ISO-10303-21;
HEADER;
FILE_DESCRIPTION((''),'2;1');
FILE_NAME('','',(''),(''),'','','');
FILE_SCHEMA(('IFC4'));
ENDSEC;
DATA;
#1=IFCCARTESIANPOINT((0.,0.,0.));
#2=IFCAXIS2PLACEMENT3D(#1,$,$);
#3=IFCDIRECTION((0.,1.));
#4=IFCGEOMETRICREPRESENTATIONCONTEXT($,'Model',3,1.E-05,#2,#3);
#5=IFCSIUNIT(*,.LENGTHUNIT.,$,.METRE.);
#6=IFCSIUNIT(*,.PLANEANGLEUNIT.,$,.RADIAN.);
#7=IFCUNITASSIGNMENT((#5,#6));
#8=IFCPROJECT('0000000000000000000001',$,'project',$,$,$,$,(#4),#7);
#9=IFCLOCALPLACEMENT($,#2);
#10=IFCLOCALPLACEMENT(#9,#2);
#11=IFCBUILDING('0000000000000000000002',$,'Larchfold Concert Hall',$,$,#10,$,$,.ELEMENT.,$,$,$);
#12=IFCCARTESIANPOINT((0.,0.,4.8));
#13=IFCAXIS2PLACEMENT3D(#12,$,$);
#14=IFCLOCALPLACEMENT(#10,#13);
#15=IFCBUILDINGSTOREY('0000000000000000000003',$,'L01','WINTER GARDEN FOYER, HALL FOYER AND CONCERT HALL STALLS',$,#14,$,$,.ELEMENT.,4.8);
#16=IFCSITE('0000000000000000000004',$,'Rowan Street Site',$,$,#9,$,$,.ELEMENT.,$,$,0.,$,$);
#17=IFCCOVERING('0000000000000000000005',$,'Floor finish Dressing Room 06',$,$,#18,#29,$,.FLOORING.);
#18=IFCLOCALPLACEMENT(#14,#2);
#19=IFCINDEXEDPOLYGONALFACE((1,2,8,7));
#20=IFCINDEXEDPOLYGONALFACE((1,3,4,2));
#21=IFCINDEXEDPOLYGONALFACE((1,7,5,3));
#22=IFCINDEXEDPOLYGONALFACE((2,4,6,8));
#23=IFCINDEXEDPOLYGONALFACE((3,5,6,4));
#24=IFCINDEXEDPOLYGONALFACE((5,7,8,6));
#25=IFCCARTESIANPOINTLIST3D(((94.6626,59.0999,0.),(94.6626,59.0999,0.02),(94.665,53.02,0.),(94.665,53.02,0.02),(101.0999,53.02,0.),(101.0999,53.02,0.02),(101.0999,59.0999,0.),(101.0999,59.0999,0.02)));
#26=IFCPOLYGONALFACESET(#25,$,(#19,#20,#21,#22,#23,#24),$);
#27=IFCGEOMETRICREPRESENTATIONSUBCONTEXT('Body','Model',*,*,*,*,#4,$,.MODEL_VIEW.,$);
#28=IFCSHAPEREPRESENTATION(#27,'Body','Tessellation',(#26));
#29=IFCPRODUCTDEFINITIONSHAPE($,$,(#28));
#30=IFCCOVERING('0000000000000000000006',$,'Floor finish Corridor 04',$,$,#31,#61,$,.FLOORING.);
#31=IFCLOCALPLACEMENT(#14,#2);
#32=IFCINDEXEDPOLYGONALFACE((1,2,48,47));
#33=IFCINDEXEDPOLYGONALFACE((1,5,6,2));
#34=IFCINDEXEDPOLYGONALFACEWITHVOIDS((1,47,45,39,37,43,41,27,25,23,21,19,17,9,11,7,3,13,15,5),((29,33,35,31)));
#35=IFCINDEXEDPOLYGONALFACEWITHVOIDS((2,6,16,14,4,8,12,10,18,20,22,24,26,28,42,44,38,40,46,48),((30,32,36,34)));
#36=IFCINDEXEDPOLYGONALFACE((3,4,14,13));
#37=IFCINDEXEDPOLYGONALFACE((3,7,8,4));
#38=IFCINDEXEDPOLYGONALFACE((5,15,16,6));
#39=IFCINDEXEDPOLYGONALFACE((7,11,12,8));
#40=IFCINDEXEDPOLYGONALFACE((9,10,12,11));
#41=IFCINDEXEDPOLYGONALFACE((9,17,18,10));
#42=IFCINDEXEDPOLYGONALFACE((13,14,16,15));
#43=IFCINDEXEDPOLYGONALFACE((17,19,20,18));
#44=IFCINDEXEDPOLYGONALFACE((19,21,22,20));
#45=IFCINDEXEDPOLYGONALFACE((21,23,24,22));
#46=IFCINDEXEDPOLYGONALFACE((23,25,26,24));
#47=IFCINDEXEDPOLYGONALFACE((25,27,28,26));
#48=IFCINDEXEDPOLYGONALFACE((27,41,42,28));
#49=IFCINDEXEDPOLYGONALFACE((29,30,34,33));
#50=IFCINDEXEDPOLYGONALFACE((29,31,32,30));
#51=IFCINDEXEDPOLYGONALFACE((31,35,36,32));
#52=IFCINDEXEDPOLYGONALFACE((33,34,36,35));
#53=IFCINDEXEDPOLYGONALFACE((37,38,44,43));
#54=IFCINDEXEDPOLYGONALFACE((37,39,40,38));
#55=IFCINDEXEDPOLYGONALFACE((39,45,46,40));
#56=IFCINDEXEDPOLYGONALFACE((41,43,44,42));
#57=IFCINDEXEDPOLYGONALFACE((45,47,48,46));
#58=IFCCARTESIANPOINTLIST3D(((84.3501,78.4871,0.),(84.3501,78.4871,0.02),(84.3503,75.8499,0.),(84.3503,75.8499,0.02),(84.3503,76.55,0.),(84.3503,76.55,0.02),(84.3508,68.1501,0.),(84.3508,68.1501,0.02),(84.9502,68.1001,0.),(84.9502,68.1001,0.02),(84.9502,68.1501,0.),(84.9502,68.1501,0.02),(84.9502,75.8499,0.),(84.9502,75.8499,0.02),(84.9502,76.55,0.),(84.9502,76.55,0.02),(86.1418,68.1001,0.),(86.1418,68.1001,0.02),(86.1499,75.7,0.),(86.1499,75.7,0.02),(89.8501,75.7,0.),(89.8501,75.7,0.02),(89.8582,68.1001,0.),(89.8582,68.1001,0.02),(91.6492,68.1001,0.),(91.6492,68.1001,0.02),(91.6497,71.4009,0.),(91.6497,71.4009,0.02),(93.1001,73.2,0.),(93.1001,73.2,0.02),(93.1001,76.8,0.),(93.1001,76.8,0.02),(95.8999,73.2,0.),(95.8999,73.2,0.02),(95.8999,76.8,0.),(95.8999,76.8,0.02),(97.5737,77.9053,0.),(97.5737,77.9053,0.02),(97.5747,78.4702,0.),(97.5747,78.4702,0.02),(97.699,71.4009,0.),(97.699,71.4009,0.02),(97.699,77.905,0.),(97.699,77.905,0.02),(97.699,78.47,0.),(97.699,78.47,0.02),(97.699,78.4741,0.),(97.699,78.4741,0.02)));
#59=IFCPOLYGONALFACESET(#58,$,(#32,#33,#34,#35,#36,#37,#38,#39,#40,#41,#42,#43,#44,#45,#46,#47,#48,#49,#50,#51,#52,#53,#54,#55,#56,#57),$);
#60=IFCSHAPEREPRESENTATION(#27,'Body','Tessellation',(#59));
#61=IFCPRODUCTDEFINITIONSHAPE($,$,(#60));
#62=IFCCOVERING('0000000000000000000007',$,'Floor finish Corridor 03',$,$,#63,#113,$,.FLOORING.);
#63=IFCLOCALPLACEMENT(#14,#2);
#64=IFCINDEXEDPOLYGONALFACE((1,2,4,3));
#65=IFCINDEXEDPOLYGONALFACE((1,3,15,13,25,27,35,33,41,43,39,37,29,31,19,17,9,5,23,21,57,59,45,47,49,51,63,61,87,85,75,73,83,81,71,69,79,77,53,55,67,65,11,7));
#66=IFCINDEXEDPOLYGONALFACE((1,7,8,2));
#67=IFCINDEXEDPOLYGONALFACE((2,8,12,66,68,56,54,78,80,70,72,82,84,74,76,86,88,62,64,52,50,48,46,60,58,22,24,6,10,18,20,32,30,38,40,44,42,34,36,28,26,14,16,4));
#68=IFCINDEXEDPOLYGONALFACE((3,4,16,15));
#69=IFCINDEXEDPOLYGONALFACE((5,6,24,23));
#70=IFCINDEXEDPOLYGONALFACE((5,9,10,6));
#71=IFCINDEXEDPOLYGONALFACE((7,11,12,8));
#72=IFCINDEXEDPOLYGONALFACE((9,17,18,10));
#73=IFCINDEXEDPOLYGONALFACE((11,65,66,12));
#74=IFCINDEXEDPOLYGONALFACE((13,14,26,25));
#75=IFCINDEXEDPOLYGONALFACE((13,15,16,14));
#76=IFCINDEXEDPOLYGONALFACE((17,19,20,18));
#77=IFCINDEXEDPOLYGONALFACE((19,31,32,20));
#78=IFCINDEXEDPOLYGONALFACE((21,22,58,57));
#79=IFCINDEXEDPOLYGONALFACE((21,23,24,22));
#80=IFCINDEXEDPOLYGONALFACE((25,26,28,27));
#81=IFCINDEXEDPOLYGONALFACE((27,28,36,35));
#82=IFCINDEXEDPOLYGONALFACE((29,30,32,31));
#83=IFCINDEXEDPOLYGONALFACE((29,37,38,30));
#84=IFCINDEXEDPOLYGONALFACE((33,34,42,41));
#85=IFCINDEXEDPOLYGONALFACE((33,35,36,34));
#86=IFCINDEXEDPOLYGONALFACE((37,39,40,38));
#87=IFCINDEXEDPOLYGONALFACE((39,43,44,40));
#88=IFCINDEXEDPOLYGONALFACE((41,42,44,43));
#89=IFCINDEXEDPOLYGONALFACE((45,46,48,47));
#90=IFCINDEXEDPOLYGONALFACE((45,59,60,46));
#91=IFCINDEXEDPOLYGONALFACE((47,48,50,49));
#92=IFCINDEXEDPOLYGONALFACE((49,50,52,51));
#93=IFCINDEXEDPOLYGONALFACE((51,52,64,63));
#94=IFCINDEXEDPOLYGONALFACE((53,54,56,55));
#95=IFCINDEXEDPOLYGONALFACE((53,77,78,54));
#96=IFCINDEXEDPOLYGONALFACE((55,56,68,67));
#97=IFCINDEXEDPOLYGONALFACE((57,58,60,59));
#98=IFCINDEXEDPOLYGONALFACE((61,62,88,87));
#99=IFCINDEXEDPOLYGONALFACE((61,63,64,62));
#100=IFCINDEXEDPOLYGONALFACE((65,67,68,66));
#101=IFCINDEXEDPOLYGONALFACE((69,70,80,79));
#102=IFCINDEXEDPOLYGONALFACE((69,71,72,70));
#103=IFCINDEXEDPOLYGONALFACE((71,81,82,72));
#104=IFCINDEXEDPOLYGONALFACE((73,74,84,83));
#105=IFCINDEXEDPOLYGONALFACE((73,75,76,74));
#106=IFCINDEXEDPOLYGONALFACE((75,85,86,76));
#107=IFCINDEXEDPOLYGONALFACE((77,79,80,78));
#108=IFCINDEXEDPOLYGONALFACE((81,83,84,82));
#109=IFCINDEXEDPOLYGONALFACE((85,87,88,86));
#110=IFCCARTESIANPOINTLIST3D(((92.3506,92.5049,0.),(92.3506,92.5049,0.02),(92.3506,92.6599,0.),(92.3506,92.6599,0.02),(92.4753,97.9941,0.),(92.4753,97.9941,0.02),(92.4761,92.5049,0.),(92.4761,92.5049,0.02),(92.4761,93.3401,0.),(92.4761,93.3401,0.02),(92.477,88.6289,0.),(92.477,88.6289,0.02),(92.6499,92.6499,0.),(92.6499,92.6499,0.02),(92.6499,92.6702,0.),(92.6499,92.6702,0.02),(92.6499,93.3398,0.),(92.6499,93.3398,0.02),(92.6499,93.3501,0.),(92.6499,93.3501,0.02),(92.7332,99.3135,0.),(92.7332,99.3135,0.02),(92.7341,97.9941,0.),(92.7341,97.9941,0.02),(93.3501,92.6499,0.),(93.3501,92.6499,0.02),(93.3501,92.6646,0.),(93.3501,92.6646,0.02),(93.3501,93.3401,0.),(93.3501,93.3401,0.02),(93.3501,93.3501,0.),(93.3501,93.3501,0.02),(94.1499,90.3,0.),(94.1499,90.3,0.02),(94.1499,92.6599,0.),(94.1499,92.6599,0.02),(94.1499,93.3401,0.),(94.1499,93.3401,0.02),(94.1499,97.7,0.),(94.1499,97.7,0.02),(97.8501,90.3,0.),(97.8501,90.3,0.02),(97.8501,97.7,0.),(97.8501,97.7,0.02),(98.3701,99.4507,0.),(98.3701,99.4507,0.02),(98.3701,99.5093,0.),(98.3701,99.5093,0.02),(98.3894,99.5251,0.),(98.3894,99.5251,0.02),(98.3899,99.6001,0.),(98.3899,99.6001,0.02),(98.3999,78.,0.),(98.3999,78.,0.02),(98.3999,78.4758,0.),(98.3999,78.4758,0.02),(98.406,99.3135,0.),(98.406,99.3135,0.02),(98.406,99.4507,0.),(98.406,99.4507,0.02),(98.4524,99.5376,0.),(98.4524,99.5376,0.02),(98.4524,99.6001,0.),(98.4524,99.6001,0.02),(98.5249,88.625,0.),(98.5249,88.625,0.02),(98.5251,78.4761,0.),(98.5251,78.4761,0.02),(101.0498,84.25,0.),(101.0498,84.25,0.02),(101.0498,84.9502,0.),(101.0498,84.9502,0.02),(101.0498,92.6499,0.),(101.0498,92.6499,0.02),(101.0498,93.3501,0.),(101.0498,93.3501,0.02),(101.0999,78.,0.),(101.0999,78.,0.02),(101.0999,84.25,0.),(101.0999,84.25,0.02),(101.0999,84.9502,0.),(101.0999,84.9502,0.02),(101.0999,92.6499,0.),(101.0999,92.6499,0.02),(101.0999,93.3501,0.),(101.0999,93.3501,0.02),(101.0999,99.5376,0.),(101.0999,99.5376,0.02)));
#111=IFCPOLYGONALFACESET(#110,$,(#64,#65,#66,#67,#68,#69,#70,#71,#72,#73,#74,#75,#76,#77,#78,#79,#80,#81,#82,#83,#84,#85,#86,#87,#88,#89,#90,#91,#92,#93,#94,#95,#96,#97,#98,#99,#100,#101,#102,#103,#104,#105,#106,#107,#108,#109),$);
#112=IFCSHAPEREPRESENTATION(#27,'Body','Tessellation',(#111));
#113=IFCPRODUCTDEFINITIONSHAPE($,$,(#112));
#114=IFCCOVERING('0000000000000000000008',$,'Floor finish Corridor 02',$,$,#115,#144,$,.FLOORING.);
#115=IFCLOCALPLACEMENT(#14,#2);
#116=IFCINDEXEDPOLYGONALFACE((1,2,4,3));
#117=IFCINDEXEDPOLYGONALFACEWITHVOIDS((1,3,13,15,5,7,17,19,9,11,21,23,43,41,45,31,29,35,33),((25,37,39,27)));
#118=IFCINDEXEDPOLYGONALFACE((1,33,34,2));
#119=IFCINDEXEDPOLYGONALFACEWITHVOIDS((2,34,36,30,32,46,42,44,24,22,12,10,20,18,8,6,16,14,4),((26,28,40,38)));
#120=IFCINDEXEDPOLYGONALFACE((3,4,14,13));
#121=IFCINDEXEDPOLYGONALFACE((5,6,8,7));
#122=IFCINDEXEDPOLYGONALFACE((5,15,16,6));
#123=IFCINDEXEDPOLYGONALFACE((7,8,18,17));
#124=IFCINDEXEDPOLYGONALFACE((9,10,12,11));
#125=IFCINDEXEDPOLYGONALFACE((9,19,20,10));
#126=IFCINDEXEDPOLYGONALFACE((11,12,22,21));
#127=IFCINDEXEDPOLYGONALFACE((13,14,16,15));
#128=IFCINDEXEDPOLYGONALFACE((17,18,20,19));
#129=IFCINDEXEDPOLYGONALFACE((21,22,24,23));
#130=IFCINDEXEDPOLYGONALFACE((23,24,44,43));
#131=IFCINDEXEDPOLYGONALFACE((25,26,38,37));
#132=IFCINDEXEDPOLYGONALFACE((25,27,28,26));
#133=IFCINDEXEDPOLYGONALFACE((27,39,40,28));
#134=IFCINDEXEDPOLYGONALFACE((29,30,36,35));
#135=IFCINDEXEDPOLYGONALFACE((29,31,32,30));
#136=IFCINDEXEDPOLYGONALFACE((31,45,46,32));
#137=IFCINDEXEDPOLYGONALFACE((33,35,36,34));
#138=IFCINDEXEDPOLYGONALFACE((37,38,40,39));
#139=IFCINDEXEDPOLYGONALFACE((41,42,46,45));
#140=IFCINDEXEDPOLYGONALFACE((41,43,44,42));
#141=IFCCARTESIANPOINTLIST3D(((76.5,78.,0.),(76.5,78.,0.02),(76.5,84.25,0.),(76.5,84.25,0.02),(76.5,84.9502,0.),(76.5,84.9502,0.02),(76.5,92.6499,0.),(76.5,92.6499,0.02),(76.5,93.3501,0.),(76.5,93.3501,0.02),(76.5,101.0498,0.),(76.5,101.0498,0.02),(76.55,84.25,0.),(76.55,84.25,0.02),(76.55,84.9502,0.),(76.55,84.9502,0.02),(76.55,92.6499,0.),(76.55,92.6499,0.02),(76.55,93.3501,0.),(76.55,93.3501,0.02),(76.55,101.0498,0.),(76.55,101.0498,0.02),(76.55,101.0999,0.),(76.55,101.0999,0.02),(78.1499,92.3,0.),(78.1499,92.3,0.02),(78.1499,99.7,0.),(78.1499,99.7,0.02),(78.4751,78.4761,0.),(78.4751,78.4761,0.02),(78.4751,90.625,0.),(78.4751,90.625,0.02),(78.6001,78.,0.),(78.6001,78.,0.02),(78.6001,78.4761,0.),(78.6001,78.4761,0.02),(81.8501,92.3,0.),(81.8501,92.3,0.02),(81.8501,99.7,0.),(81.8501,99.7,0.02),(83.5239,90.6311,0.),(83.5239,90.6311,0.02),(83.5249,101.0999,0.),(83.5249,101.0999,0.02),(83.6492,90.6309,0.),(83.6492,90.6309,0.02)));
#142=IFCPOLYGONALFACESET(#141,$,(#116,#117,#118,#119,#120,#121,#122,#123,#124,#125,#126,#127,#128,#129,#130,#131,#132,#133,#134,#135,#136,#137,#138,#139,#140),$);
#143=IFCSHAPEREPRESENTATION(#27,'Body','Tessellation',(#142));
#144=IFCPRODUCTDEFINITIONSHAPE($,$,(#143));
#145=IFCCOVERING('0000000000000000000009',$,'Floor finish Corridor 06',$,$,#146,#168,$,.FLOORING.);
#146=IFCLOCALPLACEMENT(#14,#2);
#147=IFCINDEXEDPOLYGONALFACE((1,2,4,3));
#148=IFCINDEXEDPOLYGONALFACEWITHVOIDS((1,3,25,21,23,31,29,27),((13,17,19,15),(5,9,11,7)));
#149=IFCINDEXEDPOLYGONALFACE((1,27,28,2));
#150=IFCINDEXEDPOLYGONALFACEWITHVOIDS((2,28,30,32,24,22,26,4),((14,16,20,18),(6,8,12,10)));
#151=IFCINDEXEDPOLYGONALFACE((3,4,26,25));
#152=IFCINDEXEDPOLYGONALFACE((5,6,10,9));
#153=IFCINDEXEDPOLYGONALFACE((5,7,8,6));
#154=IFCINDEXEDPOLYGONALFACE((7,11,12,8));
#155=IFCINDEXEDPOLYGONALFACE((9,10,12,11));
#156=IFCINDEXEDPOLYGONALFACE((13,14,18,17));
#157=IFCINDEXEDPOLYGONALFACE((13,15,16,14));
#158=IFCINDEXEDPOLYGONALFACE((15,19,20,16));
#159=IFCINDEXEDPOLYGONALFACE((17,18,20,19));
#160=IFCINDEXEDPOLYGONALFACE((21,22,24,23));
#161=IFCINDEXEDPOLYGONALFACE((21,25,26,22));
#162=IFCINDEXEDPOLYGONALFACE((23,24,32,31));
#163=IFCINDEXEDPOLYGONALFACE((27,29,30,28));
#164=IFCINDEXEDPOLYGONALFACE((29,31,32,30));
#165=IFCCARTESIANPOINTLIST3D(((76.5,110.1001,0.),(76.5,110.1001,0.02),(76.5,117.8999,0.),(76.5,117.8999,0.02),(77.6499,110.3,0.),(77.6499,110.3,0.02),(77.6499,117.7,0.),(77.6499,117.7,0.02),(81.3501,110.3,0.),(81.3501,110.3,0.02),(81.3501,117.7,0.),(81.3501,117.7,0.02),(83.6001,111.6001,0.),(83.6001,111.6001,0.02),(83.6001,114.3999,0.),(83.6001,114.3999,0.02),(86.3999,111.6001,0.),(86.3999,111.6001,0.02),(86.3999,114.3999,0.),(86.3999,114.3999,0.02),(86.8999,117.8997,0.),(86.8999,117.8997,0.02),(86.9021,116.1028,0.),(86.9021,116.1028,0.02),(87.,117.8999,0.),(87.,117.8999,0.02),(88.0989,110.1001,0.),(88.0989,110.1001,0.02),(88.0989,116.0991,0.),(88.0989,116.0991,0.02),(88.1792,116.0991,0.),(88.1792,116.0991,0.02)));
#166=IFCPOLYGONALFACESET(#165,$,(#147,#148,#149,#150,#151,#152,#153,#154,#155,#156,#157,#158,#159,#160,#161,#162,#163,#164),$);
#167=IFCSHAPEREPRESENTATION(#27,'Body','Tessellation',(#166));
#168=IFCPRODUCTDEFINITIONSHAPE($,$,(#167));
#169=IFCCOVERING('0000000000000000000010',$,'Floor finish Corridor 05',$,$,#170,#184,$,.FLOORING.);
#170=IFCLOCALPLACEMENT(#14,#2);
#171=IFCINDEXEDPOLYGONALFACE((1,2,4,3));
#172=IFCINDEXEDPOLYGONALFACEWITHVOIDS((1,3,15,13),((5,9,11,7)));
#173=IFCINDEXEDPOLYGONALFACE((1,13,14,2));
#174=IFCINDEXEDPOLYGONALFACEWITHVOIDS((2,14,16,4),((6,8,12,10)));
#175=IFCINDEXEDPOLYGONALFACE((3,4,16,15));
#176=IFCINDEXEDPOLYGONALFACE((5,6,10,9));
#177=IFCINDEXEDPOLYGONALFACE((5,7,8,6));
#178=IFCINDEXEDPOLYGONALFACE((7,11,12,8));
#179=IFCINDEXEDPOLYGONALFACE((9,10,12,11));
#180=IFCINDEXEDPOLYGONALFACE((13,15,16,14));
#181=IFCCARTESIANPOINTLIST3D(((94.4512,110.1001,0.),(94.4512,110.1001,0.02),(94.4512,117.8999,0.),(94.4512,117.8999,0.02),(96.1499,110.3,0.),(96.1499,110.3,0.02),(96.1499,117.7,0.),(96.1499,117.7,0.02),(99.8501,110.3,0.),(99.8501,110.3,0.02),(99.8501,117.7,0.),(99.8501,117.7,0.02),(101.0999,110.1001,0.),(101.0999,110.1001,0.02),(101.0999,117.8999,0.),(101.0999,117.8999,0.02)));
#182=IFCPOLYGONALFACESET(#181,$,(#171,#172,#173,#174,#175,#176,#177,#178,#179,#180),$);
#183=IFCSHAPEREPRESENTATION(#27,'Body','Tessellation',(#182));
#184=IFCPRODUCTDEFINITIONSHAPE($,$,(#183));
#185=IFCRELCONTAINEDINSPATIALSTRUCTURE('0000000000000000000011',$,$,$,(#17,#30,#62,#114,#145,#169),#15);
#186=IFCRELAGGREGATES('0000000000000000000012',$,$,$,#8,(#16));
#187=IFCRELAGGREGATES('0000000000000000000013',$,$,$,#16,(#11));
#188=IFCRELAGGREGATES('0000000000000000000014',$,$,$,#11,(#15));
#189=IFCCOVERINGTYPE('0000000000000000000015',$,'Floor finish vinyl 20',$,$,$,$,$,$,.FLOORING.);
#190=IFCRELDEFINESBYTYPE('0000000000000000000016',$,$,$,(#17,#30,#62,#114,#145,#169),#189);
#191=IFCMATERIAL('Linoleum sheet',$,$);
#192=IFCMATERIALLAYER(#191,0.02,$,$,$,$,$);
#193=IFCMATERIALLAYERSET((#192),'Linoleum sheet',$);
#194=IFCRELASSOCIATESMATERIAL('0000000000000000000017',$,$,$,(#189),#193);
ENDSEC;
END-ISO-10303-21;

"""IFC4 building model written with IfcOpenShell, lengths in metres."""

from ifc_helpers import new_model, si_unit, direction, frame, origin, place, context, subcontext, project, spatial, polyline, outline, extrude, material, layer, layer_set, type_object, element, save


model = new_model("IFC4")

# Units and contexts
model_context = context("Model", 3, precision=1e-05, world=origin(), true_north=direction((0.0, 1.0)))
body_context = subcontext(model_context, "Body", "Model", "MODEL_VIEW")
ifc_project = project(units=[si_unit("LENGTHUNIT", "METRE"), si_unit("PLANEANGLEUNIT", "RADIAN")], contexts=[model_context])

# Site, building, storey
site_placement = place(None, origin())
site = spatial("IfcSite", under=ifc_project, at=site_placement, Name="Rowan Street Site", CompositionType="ELEMENT", RefElevation=0.0)
building_placement = place(site_placement, origin())
building = spatial("IfcBuilding", under=site, at=building_placement, Name="Larchfold Concert Hall", CompositionType="ELEMENT")
storey_placement = place(building_placement, frame((0.0, 0.0, 4.8)))
storey = spatial("IfcBuildingStorey", under=building, at=storey_placement, Name="L01", Description="WINTER GARDEN FOYER, HALL FOYER AND CONCERT HALL STALLS", CompositionType="ELEMENT", Elevation=4.8)

# Coverings
ifc_material_1 = material(Name="Linoleum sheet")
ifc_layer_1 = layer(ifc_material_1, 0.02)
ifc_layer_set_1 = layer_set([ifc_layer_1], Name="Linoleum sheet")
covering_type_1 = type_object("IfcCoveringType", Name="Floor finish vinyl 20", PredefinedType="FLOORING", material=ifc_layer_set_1)
covering_1_placement = place(storey_placement, origin())
element("IfcCovering", 1, at=covering_1_placement, inside=storey, type_object=covering_type_1, Name="Floor finish Dressing Room 06", PredefinedType="FLOORING", context=body_context, shape_type="SweptSolid", body=[
    extrude(outline(polyline([(94.665, 52.9702), (94.665, 53.02), (101.0999, 53.02), (101.0999, 59.0999), (94.6626, 59.0999), (94.665, 52.9702)])), origin(), (0.0, 0.0, 1.0), 0.02),
])
covering_2_placement = place(storey_placement, origin())
element("IfcCovering", 2, at=covering_2_placement, inside=storey, type_object=covering_type_1, Name="Floor finish Corridor 04", PredefinedType="FLOORING", context=body_context, shape_type="SweptSolid", body=[
    extrude(outline(polyline([(86.1499, 75.7), (89.8501, 75.7), (89.8582, 68.1001), (91.6492, 68.1001), (91.6497, 71.4009), (97.699, 71.4009), (97.699, 77.905), (97.5737, 77.9053), (97.5747, 78.4702), (97.699, 78.47), (97.699, 78.4741), (84.3501, 78.4871), (84.3503, 76.55), (84.9502, 76.55), (84.9502, 75.8499), (84.3503, 75.8499), (84.3508, 68.1501), (84.9502, 68.1501), (84.9502, 68.1001), (86.1418, 68.1001), (86.1499, 75.7)]), holes=[polyline([(93.1001, 73.2), (93.1001, 76.8), (95.8999, 76.8), (95.8999, 73.2), (93.1001, 73.2)])]), origin(), (0.0, 0.0, 1.0), 0.02),
])
covering_3_placement = place(storey_placement, origin())
element("IfcCovering", 3, at=covering_3_placement, inside=storey, type_object=covering_type_1, Name="Floor finish Corridor 03", PredefinedType="FLOORING", context=body_context, shape_type="SweptSolid", body=[
    extrude(outline(polyline([(92.4761, 92.5049), (92.4771, 88.501), (92.4771, 88.6289), (98.5249, 88.625), (98.5251, 78.4761), (98.3999, 78.4758), (98.3999, 78.0), (101.0999, 78.0), (101.0999, 84.25), (101.0498, 84.25), (101.0498, 84.9502), (101.0999, 84.9502), (101.0999, 92.6499), (101.0498, 92.6499), (101.0498, 93.3501), (101.0999, 93.3501), (101.0999, 99.5376), (98.4524, 99.5376), (98.4524, 99.6001), (98.3899, 99.6001), (98.3894, 99.5251), (98.3701, 99.5093), (98.3701, 99.4507), (98.406, 99.4507), (98.406, 99.3135), (92.7332, 99.3135), (92.7341, 97.9941), (92.4753, 97.9941), (92.4761, 93.3401), (92.6499, 93.3398), (92.6499, 93.3501), (93.3501, 93.3501), (93.3501, 93.3401), (94.1499, 93.3401), (94.1499, 97.7), (97.8501, 97.7), (97.8501, 90.3), (94.1499, 90.3), (94.1499, 92.6599), (93.3501, 92.6646), (93.3501, 92.6499), (92.6499, 92.6499), (92.6499, 92.6702), (92.3506, 92.6599), (92.3506, 92.5049), (92.4761, 92.5049)])), origin(), (0.0, 0.0, 1.0), 0.02),
])
covering_4_placement = place(storey_placement, origin())
element("IfcCovering", 4, at=covering_4_placement, inside=storey, type_object=covering_type_1, Name="Floor finish Corridor 02", PredefinedType="FLOORING", context=body_context, shape_type="SweptSolid", body=[
    extrude(outline(polyline([(78.6001, 78.0), (78.6001, 78.4761), (78.4751, 78.4761), (78.4751, 90.625), (83.6492, 90.6309), (83.5239, 90.6311), (83.5249, 101.0999), (76.55, 101.0999), (76.55, 101.0498), (76.5, 101.0498), (76.5, 93.3501), (76.55, 93.3501), (76.55, 92.6499), (76.5, 92.6499), (76.5, 84.9502), (76.55, 84.9502), (76.55, 84.25), (76.5, 84.25), (76.5, 78.0), (78.6001, 78.0)]), holes=[polyline([(81.8501, 99.7), (81.8501, 92.3), (78.1499, 92.3), (78.1499, 99.7), (81.8501, 99.7)])]), origin(), (0.0, 0.0, 1.0), 0.02),
])
covering_5_placement = place(storey_placement, origin())
element("IfcCovering", 5, at=covering_5_placement, inside=storey, type_object=covering_type_1, Name="Floor finish Corridor 06", PredefinedType="FLOORING", context=body_context, shape_type="SweptSolid", body=[
    extrude(outline(polyline([(76.5, 117.8999), (76.5, 110.1001), (88.0989, 110.1001), (88.0989, 116.0991), (88.1792, 116.0991), (86.9021, 116.1028), (86.8999, 117.8997), (87.0, 117.8999), (76.5, 117.8999)]), holes=[polyline([(86.3999, 111.6001), (83.6001, 111.6001), (83.6001, 114.3999), (86.3999, 114.3999), (86.3999, 111.6001)]), polyline([(77.6499, 110.3), (77.6499, 117.7), (81.3501, 117.7), (81.3501, 110.3), (77.6499, 110.3)])]), origin(), (0.0, 0.0, 1.0), 0.02),
])
covering_6_placement = place(storey_placement, origin())
element("IfcCovering", 6, at=covering_6_placement, inside=storey, type_object=covering_type_1, Name="Floor finish Corridor 05", PredefinedType="FLOORING", context=body_context, shape_type="SweptSolid", body=[
    extrude(outline(polyline([(94.4512, 110.1001), (101.0999, 110.1001), (101.0999, 117.8999), (94.4512, 117.8999), (94.4512, 110.1001)]), holes=[polyline([(99.8501, 117.7), (99.8501, 110.3), (96.1499, 110.3), (96.1499, 117.7), (99.8501, 117.7)])]), origin(), (0.0, 0.0, 1.0), 0.02),
])

save(model, "model.ifc")
